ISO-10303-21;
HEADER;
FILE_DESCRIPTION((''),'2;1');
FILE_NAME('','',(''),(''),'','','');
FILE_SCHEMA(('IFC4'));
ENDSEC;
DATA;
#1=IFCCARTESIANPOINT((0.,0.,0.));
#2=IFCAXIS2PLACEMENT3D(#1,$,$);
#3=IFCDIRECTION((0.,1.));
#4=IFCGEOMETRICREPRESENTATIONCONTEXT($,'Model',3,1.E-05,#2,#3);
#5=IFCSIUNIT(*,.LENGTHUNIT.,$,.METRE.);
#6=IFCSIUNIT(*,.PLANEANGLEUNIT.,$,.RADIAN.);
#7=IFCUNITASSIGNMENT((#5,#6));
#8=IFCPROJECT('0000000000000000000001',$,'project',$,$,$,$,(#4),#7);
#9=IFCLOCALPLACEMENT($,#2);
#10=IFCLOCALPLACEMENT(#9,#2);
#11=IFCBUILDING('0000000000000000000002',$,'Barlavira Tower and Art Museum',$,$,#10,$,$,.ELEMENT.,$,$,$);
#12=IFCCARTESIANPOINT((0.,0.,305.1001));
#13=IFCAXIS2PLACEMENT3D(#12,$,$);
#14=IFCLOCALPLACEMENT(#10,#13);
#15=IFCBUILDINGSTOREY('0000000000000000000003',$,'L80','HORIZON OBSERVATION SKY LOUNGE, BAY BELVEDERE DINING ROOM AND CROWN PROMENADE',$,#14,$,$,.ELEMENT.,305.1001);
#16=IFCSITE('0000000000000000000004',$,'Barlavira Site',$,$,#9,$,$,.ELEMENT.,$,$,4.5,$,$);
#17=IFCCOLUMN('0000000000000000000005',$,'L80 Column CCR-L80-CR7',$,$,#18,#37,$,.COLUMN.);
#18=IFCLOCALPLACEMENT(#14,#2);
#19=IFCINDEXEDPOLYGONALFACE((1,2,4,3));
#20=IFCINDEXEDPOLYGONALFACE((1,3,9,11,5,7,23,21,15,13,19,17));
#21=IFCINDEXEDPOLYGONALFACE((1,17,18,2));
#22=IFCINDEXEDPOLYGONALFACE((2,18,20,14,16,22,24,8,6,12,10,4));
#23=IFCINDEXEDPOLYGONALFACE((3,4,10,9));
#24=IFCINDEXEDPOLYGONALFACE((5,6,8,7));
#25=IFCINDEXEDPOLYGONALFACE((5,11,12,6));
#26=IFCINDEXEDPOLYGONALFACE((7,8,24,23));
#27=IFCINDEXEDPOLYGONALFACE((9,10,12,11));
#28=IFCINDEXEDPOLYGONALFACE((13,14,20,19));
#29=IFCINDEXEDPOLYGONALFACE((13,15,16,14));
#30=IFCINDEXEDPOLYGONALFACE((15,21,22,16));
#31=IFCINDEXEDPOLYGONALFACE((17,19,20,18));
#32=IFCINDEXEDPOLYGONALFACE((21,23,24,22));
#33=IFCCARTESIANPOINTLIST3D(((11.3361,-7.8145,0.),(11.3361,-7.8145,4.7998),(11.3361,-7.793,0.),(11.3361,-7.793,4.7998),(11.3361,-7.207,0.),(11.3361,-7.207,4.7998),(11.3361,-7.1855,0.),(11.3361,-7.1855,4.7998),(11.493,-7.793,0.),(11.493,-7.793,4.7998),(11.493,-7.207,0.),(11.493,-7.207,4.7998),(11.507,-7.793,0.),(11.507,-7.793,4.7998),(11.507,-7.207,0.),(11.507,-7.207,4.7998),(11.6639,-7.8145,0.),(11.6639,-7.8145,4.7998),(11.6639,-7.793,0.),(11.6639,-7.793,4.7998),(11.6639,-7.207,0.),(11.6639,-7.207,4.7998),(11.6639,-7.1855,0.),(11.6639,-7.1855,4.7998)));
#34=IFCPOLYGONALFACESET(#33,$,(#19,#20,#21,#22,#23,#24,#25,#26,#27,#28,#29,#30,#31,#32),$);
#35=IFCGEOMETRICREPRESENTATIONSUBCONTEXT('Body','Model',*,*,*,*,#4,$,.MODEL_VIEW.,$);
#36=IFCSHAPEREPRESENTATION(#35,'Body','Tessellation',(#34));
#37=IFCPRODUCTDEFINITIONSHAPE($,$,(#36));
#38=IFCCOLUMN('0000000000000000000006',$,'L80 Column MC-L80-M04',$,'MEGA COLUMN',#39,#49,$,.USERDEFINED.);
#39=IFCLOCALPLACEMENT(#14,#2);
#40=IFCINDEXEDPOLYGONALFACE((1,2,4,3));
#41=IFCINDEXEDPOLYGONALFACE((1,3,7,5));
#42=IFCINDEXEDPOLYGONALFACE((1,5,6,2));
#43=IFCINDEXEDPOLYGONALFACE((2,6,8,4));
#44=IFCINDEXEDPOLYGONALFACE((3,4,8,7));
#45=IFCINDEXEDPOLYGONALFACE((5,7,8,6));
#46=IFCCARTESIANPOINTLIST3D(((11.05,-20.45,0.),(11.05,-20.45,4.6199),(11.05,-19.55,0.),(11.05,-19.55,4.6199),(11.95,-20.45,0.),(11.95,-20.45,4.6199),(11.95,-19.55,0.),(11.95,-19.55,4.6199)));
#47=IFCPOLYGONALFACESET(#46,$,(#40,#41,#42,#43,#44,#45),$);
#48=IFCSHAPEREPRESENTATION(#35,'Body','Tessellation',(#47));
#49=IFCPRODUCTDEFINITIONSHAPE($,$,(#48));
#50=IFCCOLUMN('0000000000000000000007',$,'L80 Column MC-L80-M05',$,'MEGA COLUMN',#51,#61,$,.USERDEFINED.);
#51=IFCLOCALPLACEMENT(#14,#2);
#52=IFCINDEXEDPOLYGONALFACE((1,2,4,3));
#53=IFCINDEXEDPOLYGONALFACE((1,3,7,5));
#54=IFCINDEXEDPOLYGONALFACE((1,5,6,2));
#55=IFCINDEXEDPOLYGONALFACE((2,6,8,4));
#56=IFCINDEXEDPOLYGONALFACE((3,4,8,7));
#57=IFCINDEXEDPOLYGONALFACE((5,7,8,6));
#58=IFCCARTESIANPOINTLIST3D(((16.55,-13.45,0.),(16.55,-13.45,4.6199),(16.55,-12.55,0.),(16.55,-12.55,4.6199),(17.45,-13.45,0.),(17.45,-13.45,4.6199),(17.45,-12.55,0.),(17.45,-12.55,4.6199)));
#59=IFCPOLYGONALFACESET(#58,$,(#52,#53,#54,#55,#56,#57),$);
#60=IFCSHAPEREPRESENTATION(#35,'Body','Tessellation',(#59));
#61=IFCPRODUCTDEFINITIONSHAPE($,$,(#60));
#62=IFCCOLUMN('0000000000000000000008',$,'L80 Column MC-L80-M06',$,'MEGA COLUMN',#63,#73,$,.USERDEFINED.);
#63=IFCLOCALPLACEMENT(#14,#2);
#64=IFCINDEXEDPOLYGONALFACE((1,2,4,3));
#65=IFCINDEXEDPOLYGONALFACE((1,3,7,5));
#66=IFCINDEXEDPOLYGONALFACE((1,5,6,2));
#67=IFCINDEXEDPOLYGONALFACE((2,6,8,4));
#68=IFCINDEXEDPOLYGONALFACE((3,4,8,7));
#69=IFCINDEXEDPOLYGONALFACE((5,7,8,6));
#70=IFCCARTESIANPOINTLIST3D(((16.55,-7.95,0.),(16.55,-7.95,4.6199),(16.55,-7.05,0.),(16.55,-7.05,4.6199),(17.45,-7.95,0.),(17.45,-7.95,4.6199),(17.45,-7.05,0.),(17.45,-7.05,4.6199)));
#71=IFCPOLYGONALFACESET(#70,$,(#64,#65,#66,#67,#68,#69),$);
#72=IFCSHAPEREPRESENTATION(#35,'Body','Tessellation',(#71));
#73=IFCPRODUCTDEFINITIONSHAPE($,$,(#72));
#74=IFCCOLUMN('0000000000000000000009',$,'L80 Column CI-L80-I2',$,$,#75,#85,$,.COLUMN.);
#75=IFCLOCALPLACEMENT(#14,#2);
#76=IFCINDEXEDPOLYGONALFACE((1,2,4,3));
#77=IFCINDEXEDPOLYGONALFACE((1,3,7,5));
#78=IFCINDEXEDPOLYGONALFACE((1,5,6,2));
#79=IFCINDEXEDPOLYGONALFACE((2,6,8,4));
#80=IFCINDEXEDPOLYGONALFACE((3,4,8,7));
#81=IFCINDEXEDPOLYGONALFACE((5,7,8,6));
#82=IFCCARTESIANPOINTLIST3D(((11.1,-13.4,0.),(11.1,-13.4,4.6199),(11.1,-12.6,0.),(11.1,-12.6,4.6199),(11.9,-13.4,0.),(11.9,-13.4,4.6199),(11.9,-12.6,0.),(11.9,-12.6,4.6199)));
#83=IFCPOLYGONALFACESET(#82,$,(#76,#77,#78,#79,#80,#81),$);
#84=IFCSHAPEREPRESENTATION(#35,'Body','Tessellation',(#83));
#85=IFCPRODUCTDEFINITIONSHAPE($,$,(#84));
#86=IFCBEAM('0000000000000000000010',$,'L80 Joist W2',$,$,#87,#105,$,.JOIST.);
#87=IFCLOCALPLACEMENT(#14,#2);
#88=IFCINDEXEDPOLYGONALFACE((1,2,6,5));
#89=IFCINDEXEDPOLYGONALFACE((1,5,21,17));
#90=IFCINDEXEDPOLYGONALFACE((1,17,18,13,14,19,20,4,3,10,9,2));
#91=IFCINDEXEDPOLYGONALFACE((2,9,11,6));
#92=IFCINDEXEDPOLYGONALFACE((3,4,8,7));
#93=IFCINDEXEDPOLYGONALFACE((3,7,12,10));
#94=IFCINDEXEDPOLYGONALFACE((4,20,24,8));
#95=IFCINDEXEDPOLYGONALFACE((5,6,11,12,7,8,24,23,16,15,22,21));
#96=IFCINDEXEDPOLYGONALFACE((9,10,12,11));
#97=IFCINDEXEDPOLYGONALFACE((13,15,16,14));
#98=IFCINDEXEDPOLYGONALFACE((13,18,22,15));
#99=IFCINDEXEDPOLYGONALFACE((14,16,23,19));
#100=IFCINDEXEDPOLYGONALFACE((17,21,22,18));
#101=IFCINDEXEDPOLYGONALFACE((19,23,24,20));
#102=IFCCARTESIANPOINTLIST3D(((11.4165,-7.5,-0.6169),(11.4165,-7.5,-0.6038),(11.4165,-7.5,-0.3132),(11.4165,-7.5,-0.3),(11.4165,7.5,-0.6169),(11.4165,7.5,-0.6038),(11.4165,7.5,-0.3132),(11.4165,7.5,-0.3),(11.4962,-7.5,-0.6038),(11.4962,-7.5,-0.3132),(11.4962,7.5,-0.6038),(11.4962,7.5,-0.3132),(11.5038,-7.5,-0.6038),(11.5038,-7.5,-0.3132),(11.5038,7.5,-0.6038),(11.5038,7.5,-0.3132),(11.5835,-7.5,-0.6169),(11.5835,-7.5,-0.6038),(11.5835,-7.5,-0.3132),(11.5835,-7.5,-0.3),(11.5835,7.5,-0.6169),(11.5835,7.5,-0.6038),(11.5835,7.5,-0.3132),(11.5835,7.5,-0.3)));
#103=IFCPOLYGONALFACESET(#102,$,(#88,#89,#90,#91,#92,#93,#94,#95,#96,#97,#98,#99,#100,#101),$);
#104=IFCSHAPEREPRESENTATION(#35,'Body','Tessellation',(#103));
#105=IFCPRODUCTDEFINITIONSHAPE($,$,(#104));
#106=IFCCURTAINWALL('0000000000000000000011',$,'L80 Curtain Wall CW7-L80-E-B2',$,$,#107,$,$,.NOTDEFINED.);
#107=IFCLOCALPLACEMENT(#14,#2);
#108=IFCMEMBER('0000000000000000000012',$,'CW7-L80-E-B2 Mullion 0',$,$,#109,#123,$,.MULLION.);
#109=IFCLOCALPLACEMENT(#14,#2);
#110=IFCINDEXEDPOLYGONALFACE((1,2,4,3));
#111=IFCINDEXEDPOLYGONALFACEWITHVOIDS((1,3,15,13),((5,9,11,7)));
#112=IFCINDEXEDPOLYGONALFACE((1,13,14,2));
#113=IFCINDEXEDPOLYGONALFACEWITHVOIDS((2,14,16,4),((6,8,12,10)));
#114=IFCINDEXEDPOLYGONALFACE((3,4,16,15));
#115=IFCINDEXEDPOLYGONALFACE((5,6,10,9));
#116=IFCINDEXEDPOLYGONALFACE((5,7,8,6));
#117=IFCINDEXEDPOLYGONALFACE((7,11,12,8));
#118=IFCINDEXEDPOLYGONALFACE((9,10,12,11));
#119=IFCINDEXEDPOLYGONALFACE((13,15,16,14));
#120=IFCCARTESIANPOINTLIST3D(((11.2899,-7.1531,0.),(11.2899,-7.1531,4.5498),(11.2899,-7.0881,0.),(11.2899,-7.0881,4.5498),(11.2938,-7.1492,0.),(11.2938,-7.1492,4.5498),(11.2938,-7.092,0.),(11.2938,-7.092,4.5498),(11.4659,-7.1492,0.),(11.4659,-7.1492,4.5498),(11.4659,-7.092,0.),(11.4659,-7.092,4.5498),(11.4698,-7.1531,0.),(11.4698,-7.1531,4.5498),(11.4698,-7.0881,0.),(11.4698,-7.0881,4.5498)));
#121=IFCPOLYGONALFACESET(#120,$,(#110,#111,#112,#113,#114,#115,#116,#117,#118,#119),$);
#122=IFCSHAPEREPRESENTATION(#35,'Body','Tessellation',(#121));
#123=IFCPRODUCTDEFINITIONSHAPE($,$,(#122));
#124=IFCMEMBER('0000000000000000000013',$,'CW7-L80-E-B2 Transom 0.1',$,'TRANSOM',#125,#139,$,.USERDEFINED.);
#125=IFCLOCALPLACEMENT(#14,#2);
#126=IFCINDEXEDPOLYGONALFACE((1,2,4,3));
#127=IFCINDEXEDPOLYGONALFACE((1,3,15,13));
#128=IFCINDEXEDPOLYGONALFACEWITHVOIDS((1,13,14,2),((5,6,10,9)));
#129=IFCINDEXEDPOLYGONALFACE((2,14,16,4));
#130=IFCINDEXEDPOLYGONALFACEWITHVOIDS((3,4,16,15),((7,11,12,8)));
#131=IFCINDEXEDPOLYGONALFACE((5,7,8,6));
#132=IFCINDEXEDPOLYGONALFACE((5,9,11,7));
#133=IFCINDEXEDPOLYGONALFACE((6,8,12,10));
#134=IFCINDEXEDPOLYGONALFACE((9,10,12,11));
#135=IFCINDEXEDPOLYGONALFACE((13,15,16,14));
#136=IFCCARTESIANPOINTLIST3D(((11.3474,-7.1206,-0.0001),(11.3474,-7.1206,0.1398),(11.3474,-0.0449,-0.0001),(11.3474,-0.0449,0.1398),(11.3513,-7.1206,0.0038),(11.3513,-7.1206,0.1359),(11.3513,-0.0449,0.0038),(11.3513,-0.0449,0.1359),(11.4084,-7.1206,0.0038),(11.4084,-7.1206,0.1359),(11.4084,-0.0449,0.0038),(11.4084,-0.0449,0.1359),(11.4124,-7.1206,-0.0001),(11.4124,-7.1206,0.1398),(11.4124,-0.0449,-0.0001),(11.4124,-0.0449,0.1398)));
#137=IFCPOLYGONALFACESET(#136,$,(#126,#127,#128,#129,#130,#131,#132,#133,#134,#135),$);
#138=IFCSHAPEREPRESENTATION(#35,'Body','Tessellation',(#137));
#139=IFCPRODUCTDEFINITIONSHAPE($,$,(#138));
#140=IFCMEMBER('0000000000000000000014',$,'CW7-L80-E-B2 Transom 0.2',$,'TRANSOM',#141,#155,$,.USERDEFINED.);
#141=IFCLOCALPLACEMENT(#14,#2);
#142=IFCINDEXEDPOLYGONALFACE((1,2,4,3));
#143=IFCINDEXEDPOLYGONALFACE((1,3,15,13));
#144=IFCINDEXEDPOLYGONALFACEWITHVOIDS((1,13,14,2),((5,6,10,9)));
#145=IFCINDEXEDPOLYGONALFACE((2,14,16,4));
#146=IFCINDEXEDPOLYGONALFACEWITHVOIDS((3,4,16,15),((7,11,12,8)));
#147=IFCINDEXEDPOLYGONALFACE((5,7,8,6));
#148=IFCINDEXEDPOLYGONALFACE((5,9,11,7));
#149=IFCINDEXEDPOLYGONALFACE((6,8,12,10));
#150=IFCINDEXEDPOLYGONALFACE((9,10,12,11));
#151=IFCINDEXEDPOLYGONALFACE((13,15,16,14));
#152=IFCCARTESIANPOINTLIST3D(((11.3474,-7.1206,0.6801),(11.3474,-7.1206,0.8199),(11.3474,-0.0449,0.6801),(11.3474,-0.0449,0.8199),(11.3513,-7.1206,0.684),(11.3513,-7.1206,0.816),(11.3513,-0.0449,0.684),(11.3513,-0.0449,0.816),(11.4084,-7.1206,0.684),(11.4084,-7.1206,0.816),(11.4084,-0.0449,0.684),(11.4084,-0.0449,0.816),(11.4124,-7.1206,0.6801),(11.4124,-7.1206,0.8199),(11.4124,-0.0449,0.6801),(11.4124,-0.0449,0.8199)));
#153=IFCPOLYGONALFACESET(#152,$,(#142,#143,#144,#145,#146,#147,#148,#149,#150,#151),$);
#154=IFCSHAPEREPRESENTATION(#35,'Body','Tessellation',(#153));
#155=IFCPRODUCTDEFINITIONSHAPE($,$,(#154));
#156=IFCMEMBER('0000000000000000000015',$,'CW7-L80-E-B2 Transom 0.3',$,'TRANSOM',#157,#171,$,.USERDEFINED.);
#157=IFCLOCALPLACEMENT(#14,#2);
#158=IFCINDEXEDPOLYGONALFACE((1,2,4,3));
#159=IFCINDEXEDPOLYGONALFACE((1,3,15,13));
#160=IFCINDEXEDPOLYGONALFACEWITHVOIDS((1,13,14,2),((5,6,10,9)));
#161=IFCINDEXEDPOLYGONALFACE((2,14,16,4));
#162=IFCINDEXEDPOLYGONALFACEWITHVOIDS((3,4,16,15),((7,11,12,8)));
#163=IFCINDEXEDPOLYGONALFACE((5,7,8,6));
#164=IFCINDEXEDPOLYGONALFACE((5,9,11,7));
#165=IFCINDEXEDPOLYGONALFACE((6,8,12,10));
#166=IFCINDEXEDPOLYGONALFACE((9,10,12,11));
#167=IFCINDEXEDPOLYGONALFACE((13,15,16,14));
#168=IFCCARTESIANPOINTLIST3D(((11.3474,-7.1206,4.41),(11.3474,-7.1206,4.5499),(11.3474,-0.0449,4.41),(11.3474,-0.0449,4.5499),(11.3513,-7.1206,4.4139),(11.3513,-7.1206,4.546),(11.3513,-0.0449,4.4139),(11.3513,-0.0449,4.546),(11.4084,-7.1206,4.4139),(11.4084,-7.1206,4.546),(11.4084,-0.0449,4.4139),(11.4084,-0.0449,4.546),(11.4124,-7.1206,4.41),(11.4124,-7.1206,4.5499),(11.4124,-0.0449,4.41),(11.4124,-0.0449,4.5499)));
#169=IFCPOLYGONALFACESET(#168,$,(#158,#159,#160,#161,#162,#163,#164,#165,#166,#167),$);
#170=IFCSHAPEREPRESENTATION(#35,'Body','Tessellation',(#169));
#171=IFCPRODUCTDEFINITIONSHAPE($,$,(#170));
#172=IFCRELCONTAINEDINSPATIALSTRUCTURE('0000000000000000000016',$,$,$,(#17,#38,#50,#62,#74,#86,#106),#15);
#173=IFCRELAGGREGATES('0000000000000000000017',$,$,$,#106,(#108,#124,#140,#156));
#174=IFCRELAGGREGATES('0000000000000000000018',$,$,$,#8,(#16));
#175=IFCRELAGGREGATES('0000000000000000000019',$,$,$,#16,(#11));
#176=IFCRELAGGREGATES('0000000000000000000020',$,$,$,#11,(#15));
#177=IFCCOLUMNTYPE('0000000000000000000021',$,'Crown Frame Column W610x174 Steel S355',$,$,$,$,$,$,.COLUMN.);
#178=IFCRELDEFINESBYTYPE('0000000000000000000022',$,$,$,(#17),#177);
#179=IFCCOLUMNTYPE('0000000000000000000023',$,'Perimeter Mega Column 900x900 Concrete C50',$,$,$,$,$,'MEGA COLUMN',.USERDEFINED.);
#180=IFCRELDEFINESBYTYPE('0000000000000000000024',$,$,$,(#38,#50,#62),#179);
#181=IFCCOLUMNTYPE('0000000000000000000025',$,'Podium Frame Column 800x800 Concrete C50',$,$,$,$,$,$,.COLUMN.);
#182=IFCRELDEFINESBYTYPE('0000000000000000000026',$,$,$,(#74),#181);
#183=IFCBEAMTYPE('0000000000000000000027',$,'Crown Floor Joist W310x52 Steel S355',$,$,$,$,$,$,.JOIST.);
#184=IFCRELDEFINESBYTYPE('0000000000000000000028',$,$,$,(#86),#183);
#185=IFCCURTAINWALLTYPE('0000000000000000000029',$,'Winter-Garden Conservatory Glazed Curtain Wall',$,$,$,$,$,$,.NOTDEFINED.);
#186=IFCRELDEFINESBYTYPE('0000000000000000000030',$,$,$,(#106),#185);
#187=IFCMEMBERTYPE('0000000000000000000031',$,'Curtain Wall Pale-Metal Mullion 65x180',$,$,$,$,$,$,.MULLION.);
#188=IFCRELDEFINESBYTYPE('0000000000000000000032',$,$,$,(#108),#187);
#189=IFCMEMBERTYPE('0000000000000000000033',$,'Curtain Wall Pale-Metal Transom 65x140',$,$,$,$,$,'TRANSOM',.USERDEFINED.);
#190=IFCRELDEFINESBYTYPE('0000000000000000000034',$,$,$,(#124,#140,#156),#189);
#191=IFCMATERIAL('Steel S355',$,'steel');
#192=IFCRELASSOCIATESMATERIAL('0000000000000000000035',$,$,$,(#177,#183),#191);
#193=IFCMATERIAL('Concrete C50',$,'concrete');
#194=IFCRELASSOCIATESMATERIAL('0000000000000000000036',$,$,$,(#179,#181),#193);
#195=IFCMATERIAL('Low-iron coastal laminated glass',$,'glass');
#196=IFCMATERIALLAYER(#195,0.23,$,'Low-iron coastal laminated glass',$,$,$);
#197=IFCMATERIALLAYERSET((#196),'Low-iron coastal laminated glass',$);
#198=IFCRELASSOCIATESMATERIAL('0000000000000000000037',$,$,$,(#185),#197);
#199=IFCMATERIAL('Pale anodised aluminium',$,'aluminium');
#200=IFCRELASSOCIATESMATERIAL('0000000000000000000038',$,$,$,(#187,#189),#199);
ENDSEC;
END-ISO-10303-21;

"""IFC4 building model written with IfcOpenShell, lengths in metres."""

from ifc_helpers import new_model, si_unit, direction, frame, origin, origin_2d, place, context, subcontext, project, spatial, rectangle, hollow_rectangle, i_section, extrude, material, layer, layer_set, material_profile, profile_set, type_object, element, aggregate, save


model = new_model("IFC4")

# Units and contexts
model_context = context("Model", 3, precision=1e-05, world=origin(), true_north=direction((0.0, 1.0)))
body_context = subcontext(model_context, "Body", "Model", "MODEL_VIEW")
ifc_project = project(units=[si_unit("LENGTHUNIT", "METRE"), si_unit("PLANEANGLEUNIT", "RADIAN")], contexts=[model_context])

# Site, building, storey
site_placement = place(None, origin())
site = spatial("IfcSite", under=ifc_project, at=site_placement, Name="Barlavira Site", CompositionType="ELEMENT", RefElevation=4.5)
building_placement = place(site_placement, origin())
building = spatial("IfcBuilding", under=site, at=building_placement, Name="Barlavira Tower and Art Museum", CompositionType="ELEMENT")
storey_placement = place(building_placement, frame((0.0, 0.0, 305.1001)))
storey = spatial("IfcBuildingStorey", under=building, at=storey_placement, Name="L80", Description="HORIZON OBSERVATION SKY LOUNGE, BAY BELVEDERE DINING ROOM AND CROWN PROMENADE", CompositionType="ELEMENT", Elevation=305.1001)

# Columns
ifc_material_1 = material(Name="Steel S355", Category="steel")
ifc_material_profile_1 = material_profile(ifc_material_1, i_section(OverallWidth=0.3279, OverallDepth=0.6289, WebThickness=0.0139, FlangeThickness=0.0215, at=origin_2d()), Name="W610x174.0")
ifc_profile_set_1 = profile_set([ifc_material_profile_1], Name="Steel S355")
column_type_1 = type_object("IfcColumnType", Name="Crown Frame Column W610x174 Steel S355", PredefinedType="COLUMN", material=ifc_profile_set_1)
column_1_placement = place(storey_placement, frame((11.5, -7.5, 0.0), z_axis=(0.0, 0.0, 1.0), x_axis=(1.0, 0.0, 0.0)))
element("IfcColumn", 1, at=column_1_placement, inside=storey, type_object=column_type_1, Name="L80 Column CCR-L80-CR7", PredefinedType="COLUMN", context=body_context, shape_type="SweptSolid", body=[
    extrude(i_section(OverallWidth=0.3279, OverallDepth=0.6289, WebThickness=0.0139, FlangeThickness=0.0215, at=origin_2d()), origin(), (0.0, 0.0, 1.0), 4.7998),
])
ifc_material_2 = material(Name="Concrete C50", Category="concrete")
ifc_material_profile_2 = material_profile(ifc_material_2, rectangle(XDim=0.8999, YDim=0.8999, at=origin_2d()), Name="RC-COL 900x900")
ifc_profile_set_2 = profile_set([ifc_material_profile_2], Name="Concrete C50")
column_type_2 = type_object("IfcColumnType", Name="Perimeter Mega Column 900x900 Concrete C50", ElementType="MEGA COLUMN", PredefinedType="USERDEFINED", material=ifc_profile_set_2)
for number, where, z_axis, x_axis, name in (
    (2, (11.5, -20.0, 0.0), (0.0, 0.0, 1.0), (1.0, 0.0, 0.0), "L80 Column MC-L80-M04"),
    (3, (17.0, -13.0, 0.0), (0.0, 0.0, 1.0), (1.0, 0.0, 0.0), "L80 Column MC-L80-M05"),
    (4, (17.0, -7.5, 0.0), (0.0, 0.0, 1.0), (1.0, 0.0, 0.0), "L80 Column MC-L80-M06"),
):
    element("IfcColumn", number, at=place(storey_placement, frame(where, z_axis=z_axis, x_axis=x_axis)), inside=storey, type_object=column_type_2, Name=name, ObjectType="MEGA COLUMN", PredefinedType="USERDEFINED", context=body_context, shape_type="SweptSolid", body=[
        extrude(rectangle(XDim=0.8999, YDim=0.8999, at=origin_2d()), origin(), (0.0, 0.0, 1.0), 4.6199),
    ])
ifc_material_profile_3 = material_profile(ifc_material_2, rectangle(XDim=0.8, YDim=0.8, at=origin_2d()), Name="RC-COL 800x800")
ifc_profile_set_3 = profile_set([ifc_material_profile_3], Name="Concrete C50")
column_type_3 = type_object("IfcColumnType", Name="Podium Frame Column 800x800 Concrete C50", PredefinedType="COLUMN", material=ifc_profile_set_3)
column_2_placement = place(storey_placement, frame((11.5, -13.0, 0.0), z_axis=(0.0, 0.0, 1.0), x_axis=(1.0, 0.0, 0.0)))
element("IfcColumn", 5, at=column_2_placement, inside=storey, type_object=column_type_3, Name="L80 Column CI-L80-I2", PredefinedType="COLUMN", context=body_context, shape_type="SweptSolid", body=[
    extrude(rectangle(XDim=0.8, YDim=0.8, at=origin_2d()), origin(), (0.0, 0.0, 1.0), 4.6199),
])

# Beam
ifc_material_profile_4 = material_profile(ifc_material_1, i_section(OverallWidth=0.167, OverallDepth=0.3169, WebThickness=0.0076, FlangeThickness=0.0132, at=origin_2d()), Name="W310x52.0")
ifc_profile_set_4 = profile_set([ifc_material_profile_4], Name="Steel S355")
beam_type_1 = type_object("IfcBeamType", Name="Crown Floor Joist W310x52 Steel S355", PredefinedType="JOIST", material=ifc_profile_set_4)
beam_1_placement = place(storey_placement, frame((11.5, -7.5, -0.4585), z_axis=(0.0, 1.0, 0.0), x_axis=(-1.0, 0.0, 0.0)))
element("IfcBeam", 6, at=beam_1_placement, inside=storey, type_object=beam_type_1, Name="L80 Joist W2", PredefinedType="JOIST", context=body_context, shape_type="SweptSolid", body=[
    extrude(i_section(OverallWidth=0.167, OverallDepth=0.3169, WebThickness=0.0076, FlangeThickness=0.0132, at=origin_2d()), origin(), (0.0, 0.0, 1.0), 15.0),
])

# Curtain wall, members
ifc_material_3 = material(Name="Low-iron coastal laminated glass", Category="glass")
ifc_layer_1 = layer(ifc_material_3, 0.23, Name="Low-iron coastal laminated glass")
ifc_layer_set_1 = layer_set([ifc_layer_1], Name="Low-iron coastal laminated glass")
curtain_wall_type = type_object("IfcCurtainWallType", Name="Winter-Garden Conservatory Glazed Curtain Wall", PredefinedType="NOTDEFINED", material=ifc_layer_set_1)
curtain_wall_placement = place(storey_placement, origin())
curtain_wall = element("IfcCurtainWall", 7, at=curtain_wall_placement, inside=storey, type_object=curtain_wall_type, Name="L80 Curtain Wall CW7-L80-E-B2", PredefinedType="NOTDEFINED")
ifc_material_4 = material(Name="Pale anodised aluminium", Category="aluminium")
ifc_material_profile_5 = material_profile(ifc_material_4, hollow_rectangle(XDim=0.0649, YDim=0.1799, WallThickness=0.0039, at=origin_2d()), Name="ALU-MULL 65x180x4")
ifc_profile_set_5 = profile_set([ifc_material_profile_5], Name="Pale anodised aluminium")
member_type_1 = type_object("IfcMemberType", Name="Curtain Wall Pale-Metal Mullion 65x180", PredefinedType="MULLION", material=ifc_profile_set_5)
member_1_placement = place(storey_placement, frame((11.3799, -7.1206, 0.0), z_axis=(0.0, 0.0, 1.0), x_axis=(0.0, 1.0, 0.0)))
member_1 = element("IfcMember", 8, at=member_1_placement, type_object=member_type_1, Name="CW7-L80-E-B2 Mullion 0", PredefinedType="MULLION", context=body_context, shape_type="SweptSolid", body=[
    extrude(hollow_rectangle(XDim=0.0649, YDim=0.1799, WallThickness=0.0039, at=origin_2d()), origin(), (0.0, 0.0, 1.0), 4.5498),
])
ifc_material_profile_6 = material_profile(ifc_material_4, hollow_rectangle(XDim=0.0649, YDim=0.1399, WallThickness=0.0039, at=origin_2d()), Name="ALU-TRAN 65x140x4")
ifc_profile_set_6 = profile_set([ifc_material_profile_6], Name="Pale anodised aluminium")
member_type_2 = type_object("IfcMemberType", Name="Curtain Wall Pale-Metal Transom 65x140", ElementType="TRANSOM", PredefinedType="USERDEFINED", material=ifc_profile_set_6)
member_2_placement = place(storey_placement, frame((11.3799, -7.1206, 0.0698), z_axis=(0.0, 1.0, 0.0), x_axis=(-1.0, 0.0, 0.0)))
member_2 = element("IfcMember", 9, at=member_2_placement, type_object=member_type_2, Name="CW7-L80-E-B2 Transom 0.1", ObjectType="TRANSOM", PredefinedType="USERDEFINED", context=body_context, shape_type="SweptSolid", body=[
    extrude(hollow_rectangle(XDim=0.0649, YDim=0.1399, WallThickness=0.0039, at=origin_2d()), origin(), (0.0, 0.0, 1.0), 7.0757),
])
member_3_placement = place(storey_placement, frame((11.3799, -7.1206, 0.75), z_axis=(0.0, 1.0, 0.0), x_axis=(-1.0, 0.0, 0.0)))
member_3 = element("IfcMember", 10, at=member_3_placement, type_object=member_type_2, Name="CW7-L80-E-B2 Transom 0.2", ObjectType="TRANSOM", PredefinedType="USERDEFINED", context=body_context, shape_type="SweptSolid", body=[
    extrude(hollow_rectangle(XDim=0.0649, YDim=0.1399, WallThickness=0.0039, at=origin_2d()), origin(), (0.0, 0.0, 1.0), 7.0757),
])
member_4_placement = place(storey_placement, frame((11.3799, -7.1206, 4.48), z_axis=(0.0, 1.0, 0.0), x_axis=(-1.0, 0.0, 0.0)))
member_4 = element("IfcMember", 11, at=member_4_placement, type_object=member_type_2, Name="CW7-L80-E-B2 Transom 0.3", ObjectType="TRANSOM", PredefinedType="USERDEFINED", context=body_context, shape_type="SweptSolid", body=[
    extrude(hollow_rectangle(XDim=0.0649, YDim=0.1399, WallThickness=0.0039, at=origin_2d()), origin(), (0.0, 0.0, 1.0), 7.0757),
])

aggregate(curtain_wall, [member_1, member_2, member_3, member_4])

save(model, "model.ifc")
